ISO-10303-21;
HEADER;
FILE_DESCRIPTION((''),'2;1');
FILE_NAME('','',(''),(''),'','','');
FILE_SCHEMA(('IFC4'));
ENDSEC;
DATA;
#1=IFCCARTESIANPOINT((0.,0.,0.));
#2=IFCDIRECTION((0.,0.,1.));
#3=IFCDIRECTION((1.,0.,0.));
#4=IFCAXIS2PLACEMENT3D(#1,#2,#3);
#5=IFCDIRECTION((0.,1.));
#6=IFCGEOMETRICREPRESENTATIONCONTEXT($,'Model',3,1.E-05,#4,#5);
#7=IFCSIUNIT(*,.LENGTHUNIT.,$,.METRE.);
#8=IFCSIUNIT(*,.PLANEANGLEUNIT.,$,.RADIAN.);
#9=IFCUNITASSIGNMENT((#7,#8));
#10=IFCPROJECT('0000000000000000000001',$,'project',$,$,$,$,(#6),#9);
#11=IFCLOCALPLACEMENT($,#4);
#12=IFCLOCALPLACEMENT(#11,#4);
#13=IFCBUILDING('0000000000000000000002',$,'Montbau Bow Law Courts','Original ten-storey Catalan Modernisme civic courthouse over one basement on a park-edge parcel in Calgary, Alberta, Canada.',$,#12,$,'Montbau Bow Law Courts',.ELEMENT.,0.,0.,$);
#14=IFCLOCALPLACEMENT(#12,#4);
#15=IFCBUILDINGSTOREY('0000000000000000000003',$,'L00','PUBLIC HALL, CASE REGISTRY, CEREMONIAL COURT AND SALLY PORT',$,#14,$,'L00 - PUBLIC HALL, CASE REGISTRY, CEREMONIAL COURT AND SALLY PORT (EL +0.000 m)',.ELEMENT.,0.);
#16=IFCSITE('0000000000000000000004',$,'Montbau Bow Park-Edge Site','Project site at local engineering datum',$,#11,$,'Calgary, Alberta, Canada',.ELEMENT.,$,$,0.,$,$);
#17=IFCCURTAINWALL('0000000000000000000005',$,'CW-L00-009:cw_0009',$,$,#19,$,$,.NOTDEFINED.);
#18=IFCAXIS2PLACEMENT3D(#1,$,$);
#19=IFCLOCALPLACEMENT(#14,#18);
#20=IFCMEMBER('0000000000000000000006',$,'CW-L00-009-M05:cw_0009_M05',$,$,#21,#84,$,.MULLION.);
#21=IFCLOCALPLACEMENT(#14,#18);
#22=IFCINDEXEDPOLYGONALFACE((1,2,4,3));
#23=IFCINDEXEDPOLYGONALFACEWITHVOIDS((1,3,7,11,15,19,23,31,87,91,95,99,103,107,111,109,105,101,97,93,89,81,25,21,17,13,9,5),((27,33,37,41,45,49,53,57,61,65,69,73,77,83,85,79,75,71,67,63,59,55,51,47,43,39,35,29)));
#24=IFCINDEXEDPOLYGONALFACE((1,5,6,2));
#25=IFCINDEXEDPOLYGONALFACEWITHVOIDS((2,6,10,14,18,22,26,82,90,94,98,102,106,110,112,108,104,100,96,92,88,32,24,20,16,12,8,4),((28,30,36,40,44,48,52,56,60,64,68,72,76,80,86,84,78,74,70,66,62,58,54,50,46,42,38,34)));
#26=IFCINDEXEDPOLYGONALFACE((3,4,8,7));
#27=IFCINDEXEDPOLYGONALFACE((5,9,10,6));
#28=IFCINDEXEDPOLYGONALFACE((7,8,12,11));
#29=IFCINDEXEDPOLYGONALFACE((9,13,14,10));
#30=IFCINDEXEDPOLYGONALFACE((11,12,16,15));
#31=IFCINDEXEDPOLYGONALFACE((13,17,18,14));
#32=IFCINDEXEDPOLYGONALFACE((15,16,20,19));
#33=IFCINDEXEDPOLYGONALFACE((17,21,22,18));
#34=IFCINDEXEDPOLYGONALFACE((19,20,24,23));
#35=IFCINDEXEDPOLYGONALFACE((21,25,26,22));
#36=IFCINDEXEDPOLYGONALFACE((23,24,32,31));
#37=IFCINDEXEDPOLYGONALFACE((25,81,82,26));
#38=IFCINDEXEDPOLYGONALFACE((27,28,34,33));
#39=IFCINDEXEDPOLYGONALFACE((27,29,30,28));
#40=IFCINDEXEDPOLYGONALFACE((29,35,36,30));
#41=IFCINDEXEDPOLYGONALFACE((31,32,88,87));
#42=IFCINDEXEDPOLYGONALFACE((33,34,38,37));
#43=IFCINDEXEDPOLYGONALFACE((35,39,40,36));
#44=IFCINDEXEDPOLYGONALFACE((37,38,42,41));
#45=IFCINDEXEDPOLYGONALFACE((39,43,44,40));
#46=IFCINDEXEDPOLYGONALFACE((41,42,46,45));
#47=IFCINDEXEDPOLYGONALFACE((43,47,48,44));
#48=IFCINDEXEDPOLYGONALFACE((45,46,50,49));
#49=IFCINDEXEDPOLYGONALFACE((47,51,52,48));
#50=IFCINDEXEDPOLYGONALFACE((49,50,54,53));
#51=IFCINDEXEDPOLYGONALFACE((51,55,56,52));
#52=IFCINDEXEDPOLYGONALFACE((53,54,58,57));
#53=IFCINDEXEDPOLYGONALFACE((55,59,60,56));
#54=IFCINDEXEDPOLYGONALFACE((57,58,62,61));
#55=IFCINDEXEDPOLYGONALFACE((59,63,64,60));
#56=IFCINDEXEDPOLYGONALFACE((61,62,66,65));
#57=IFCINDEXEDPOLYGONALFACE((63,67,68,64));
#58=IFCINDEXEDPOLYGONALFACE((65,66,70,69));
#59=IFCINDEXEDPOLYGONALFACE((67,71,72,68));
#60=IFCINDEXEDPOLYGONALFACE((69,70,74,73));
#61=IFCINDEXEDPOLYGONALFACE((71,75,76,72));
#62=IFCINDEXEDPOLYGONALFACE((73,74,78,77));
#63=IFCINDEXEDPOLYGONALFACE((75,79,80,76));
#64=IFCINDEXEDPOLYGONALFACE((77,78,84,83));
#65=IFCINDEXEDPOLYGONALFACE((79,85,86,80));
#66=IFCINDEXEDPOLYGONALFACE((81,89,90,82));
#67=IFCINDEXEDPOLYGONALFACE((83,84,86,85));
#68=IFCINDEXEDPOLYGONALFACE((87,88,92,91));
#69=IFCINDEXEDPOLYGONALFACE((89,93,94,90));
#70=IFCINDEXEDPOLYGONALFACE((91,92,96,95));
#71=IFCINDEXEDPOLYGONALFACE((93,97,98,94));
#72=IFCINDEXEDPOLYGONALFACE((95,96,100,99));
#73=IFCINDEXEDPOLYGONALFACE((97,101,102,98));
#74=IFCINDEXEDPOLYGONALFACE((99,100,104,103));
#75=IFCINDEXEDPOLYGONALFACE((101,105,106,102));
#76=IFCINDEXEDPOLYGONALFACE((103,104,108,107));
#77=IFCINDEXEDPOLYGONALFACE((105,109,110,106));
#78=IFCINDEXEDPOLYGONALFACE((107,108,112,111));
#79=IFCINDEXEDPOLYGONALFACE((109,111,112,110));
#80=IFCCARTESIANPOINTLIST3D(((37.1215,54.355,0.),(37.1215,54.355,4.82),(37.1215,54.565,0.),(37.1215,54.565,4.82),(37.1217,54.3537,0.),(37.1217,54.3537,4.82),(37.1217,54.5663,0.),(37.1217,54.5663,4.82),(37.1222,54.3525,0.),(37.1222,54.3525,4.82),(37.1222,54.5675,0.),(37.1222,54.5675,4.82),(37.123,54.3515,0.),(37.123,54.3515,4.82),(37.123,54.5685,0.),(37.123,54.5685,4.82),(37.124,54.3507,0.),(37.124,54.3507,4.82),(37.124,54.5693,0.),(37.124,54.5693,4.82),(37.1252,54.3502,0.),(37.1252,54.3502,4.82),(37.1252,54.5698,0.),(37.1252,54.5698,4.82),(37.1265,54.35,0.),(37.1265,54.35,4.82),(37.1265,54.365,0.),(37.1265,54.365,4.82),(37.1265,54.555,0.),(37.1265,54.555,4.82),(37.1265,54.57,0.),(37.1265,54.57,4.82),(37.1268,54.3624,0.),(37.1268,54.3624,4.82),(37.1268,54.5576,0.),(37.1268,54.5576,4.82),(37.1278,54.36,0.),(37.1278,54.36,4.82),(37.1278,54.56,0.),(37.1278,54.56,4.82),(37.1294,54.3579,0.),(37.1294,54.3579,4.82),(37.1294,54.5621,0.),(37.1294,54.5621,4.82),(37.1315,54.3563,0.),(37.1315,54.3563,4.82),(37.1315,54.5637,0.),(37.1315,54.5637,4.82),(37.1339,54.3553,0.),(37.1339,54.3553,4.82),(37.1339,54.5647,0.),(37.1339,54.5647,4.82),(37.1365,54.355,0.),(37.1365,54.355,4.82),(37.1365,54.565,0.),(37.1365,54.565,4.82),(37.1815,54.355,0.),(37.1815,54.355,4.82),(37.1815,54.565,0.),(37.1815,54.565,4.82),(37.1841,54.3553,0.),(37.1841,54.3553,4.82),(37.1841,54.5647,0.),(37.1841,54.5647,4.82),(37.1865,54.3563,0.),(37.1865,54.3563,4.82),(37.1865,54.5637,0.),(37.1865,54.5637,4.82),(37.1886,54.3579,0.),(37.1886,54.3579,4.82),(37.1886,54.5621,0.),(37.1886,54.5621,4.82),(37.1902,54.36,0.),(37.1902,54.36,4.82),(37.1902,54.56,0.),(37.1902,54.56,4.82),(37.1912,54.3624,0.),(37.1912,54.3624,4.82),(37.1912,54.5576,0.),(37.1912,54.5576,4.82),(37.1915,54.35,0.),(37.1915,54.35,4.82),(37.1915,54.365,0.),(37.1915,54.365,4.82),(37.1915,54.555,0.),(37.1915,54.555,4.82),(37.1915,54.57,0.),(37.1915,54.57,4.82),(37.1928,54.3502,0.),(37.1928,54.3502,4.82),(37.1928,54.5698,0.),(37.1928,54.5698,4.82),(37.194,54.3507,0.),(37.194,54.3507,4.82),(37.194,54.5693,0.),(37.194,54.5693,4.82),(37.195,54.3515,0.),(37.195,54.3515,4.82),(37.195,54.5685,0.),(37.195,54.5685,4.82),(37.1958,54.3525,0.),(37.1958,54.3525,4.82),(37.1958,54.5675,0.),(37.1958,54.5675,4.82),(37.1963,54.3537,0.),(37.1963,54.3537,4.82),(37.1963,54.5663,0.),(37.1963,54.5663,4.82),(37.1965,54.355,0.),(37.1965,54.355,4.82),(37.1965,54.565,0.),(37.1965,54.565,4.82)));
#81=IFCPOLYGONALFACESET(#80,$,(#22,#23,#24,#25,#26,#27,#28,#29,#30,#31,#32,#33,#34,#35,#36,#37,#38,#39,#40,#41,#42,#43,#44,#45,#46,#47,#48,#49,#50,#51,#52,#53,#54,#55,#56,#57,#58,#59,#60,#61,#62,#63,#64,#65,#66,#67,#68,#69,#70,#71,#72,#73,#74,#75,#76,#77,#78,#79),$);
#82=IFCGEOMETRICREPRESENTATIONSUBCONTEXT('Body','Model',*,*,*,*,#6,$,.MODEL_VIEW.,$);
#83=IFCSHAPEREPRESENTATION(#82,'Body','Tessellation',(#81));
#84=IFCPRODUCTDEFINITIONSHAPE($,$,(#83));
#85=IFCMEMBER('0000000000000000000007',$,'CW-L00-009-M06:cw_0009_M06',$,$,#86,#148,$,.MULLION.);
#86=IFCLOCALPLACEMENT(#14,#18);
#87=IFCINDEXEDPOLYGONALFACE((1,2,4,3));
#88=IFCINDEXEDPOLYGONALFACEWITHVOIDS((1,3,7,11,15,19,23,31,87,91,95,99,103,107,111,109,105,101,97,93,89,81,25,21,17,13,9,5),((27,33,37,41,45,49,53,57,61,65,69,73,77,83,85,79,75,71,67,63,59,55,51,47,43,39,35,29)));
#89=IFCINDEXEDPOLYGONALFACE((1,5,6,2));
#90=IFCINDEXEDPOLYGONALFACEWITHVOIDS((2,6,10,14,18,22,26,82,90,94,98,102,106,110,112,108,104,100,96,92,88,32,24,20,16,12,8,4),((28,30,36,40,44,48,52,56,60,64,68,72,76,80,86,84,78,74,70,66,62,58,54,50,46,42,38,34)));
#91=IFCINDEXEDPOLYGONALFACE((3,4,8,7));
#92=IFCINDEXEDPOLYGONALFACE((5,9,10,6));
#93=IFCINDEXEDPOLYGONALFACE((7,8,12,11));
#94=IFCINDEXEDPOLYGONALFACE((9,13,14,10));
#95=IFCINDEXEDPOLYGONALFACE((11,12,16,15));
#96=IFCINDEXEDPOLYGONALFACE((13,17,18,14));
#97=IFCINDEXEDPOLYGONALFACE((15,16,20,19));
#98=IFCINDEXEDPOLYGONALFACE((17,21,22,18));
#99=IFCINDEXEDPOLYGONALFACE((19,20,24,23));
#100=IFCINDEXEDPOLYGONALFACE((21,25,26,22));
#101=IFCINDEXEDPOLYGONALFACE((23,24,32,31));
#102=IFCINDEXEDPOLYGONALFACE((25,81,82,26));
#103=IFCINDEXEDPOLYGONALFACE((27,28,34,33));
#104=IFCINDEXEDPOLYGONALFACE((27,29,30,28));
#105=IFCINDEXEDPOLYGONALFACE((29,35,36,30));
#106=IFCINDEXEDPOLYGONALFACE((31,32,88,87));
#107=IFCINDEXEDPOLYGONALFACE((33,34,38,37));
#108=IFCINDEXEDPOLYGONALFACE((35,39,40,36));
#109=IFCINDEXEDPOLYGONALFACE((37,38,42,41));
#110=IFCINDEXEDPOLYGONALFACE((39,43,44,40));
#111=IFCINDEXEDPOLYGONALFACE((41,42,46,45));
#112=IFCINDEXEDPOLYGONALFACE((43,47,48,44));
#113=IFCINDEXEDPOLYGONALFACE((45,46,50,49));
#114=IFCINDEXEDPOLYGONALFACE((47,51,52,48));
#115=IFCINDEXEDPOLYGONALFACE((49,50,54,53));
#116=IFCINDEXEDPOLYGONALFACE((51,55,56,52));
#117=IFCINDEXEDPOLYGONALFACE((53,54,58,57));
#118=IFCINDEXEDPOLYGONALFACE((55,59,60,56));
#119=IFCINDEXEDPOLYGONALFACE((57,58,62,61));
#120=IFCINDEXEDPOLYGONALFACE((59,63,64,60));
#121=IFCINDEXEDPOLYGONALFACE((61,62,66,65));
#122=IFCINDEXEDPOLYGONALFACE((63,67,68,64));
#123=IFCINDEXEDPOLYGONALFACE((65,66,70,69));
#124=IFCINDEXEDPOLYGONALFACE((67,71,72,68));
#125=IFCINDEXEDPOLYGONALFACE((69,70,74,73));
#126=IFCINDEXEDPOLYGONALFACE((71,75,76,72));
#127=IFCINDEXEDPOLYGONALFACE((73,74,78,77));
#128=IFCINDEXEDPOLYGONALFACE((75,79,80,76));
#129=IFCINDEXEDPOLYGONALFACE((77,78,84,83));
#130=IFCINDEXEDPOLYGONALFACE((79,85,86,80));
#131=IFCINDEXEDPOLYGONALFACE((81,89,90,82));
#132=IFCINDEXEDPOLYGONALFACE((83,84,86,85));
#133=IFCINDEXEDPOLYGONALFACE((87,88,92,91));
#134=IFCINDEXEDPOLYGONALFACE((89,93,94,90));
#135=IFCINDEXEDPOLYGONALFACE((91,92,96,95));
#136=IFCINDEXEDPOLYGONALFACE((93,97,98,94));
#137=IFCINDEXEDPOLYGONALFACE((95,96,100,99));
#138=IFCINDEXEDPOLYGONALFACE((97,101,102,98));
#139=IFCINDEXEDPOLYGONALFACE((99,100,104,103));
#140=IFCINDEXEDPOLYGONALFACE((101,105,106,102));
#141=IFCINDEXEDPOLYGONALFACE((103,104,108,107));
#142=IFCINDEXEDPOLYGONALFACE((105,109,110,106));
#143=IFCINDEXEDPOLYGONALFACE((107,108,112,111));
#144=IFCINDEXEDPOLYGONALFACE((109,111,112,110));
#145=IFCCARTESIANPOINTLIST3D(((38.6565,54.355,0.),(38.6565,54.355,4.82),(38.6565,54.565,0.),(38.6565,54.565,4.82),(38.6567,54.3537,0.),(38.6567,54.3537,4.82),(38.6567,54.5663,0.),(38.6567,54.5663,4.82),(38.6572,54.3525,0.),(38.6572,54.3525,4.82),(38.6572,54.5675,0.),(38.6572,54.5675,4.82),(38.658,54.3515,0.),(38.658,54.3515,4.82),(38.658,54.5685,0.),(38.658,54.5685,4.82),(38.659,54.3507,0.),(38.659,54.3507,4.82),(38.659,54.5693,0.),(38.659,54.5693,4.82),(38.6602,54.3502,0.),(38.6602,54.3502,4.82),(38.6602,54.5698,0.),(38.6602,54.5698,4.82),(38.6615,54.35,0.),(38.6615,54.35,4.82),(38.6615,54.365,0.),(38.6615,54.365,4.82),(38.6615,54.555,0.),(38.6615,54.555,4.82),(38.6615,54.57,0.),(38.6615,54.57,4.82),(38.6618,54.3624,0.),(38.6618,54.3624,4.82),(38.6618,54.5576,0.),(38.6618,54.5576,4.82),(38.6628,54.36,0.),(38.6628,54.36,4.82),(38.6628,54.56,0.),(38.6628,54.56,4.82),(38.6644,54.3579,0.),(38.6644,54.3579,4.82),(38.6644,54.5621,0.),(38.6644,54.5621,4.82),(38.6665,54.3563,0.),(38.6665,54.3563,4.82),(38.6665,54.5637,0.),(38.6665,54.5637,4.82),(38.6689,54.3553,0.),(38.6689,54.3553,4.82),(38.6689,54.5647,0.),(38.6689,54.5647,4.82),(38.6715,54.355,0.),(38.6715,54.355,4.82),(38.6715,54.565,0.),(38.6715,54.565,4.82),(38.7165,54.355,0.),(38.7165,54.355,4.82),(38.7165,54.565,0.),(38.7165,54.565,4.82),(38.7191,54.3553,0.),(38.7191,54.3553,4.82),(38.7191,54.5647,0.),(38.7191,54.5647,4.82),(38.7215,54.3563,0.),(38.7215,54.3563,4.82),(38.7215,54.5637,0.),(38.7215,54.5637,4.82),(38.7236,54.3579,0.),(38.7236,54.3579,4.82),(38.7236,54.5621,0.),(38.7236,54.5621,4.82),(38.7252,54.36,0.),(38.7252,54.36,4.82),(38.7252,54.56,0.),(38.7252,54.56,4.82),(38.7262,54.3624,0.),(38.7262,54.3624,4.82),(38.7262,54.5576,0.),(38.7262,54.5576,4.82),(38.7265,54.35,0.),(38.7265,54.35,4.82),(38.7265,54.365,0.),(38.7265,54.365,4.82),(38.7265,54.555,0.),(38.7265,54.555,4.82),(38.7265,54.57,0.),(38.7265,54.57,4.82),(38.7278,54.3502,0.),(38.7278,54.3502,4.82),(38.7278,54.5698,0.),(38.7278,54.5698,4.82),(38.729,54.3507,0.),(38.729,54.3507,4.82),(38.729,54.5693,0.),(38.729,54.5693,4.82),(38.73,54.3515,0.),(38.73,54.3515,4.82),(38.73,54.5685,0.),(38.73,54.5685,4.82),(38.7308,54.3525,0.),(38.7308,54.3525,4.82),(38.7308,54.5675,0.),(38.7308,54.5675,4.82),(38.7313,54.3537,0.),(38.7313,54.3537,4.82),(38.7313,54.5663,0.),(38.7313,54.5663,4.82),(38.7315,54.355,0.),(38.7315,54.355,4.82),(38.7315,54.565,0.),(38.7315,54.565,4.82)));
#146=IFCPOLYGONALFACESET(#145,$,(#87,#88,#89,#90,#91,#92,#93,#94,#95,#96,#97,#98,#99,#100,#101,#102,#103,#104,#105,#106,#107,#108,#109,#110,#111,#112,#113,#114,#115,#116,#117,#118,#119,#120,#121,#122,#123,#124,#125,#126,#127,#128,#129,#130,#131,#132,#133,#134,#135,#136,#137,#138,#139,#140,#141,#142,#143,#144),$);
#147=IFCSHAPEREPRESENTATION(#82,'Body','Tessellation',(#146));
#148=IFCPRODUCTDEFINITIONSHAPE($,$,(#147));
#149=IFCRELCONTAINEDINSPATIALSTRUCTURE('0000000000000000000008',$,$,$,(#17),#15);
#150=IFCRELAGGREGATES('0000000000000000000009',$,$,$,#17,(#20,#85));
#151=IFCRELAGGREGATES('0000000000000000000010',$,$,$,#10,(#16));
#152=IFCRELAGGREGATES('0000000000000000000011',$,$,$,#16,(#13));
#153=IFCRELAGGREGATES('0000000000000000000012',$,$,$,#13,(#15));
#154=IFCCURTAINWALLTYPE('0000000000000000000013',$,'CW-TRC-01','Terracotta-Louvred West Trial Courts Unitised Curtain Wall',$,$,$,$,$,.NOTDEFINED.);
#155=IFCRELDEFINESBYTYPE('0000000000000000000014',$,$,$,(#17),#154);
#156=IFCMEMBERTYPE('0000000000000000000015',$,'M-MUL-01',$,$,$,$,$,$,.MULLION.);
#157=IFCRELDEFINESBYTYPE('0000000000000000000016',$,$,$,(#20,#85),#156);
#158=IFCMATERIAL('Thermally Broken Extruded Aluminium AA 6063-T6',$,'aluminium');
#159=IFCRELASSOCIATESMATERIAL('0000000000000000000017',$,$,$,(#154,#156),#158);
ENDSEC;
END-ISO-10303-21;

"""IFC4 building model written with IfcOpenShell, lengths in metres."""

from ifc_helpers import new_model, si_unit, direction, frame, origin_with_axes, origin_2d_with_axis, place, context, subcontext, project, spatial, hollow_rectangle, extrude, material, material_profile, profile_set, type_object, element, aggregate, save


model = new_model("IFC4")

# Units and contexts
model_context = context("Model", 3, precision=1e-05, world=origin_with_axes(), true_north=direction((0.0, 1.0)))
body_context = subcontext(model_context, "Body", "Model", "MODEL_VIEW")
ifc_project = project(units=[si_unit("LENGTHUNIT", "METRE"), si_unit("PLANEANGLEUNIT", "RADIAN")], contexts=[model_context])

# Site, building, storey
site_placement = place(None, origin_with_axes())
site = spatial("IfcSite", under=ifc_project, at=site_placement, Name="Montbau Bow Park-Edge Site", Description="Project site at local engineering datum", LongName="Calgary, Alberta, Canada", CompositionType="ELEMENT", RefElevation=0.0)
building_placement = place(site_placement, origin_with_axes())
building = spatial("IfcBuilding", under=site, at=building_placement, Name="Montbau Bow Law Courts", Description="Original ten-storey Catalan Modernisme civic courthouse over one basement on a park-edge parcel in Calgary, Alberta, Canada.", LongName="Montbau Bow Law Courts", CompositionType="ELEMENT", ElevationOfRefHeight=0.0, ElevationOfTerrain=0.0)
storey_placement = place(building_placement, origin_with_axes())
storey = spatial("IfcBuildingStorey", under=building, at=storey_placement, Name="L00", Description="PUBLIC HALL, CASE REGISTRY, CEREMONIAL COURT AND SALLY PORT", LongName="L00 - PUBLIC HALL, CASE REGISTRY, CEREMONIAL COURT AND SALLY PORT (EL +0.000 m)", CompositionType="ELEMENT", Elevation=0.0)

# Curtain wall, members
ifc_material_1 = material(Name="Thermally Broken Extruded Aluminium AA 6063-T6", Category="aluminium")
curtain_wall_type = type_object("IfcCurtainWallType", Name="CW-TRC-01", Description="Terracotta-Louvred West Trial Courts Unitised Curtain Wall", PredefinedType="NOTDEFINED", material=ifc_material_1)
curtain_wall_1_placement = place(None, frame((30.867, 54.46, 0.0), z_axis=(0.0, 0.0, 1.0), x_axis=(1.0, 0.0, 0.0)))
curtain_wall_1 = element("IfcCurtainWall", 1, at=curtain_wall_1_placement, inside=storey, type_object=curtain_wall_type, Name="CW-L00-009:cw_0009", PredefinedType="NOTDEFINED")
ifc_material_profile_1 = material_profile(ifc_material_1, hollow_rectangle(XDim=0.075, YDim=0.22, WallThickness=0.005, InnerFilletRadius=0.01, OuterFilletRadius=0.005, at=origin_2d_with_axis()), Name="CWM-220X75", Category="Main", Priority=0)
ifc_profile_set_1 = profile_set([ifc_material_profile_1], Name="Thermally Broken Extruded Aluminium AA 6063-T6")
member_type_1 = type_object("IfcMemberType", Name="M-MUL-01", PredefinedType="MULLION", material=ifc_profile_set_1)
member_1_placement = place(None, frame((37.159, 54.46, 0.0), z_axis=(0.0, 0.0, 1.0), x_axis=(1.0, 0.0, 0.0)))
member_1 = element("IfcMember", 2, at=member_1_placement, type_object=member_type_1, Name="CW-L00-009-M05:cw_0009_M05", PredefinedType="MULLION", context=body_context, shape_type="SweptSolid", body=[
    extrude(hollow_rectangle(XDim=0.075, YDim=0.22, WallThickness=0.005, InnerFilletRadius=0.01, OuterFilletRadius=0.005, at=origin_2d_with_axis()), origin_with_axes(), (0.0, 0.0, 1.0), 4.82),
])
member_2_placement = place(None, frame((38.694, 54.46, 0.0), z_axis=(0.0, 0.0, 1.0), x_axis=(1.0, 0.0, 0.0)))
member_2 = element("IfcMember", 3, at=member_2_placement, type_object=member_type_1, Name="CW-L00-009-M06:cw_0009_M06", PredefinedType="MULLION", context=body_context, shape_type="SweptSolid", body=[
    extrude(hollow_rectangle(XDim=0.075, YDim=0.22, WallThickness=0.005, InnerFilletRadius=0.01, OuterFilletRadius=0.005, at=origin_2d_with_axis()), origin_with_axes(), (0.0, 0.0, 1.0), 4.82),
])

aggregate(curtain_wall_1, [member_1, member_2])

save(model, "model.ifc")
